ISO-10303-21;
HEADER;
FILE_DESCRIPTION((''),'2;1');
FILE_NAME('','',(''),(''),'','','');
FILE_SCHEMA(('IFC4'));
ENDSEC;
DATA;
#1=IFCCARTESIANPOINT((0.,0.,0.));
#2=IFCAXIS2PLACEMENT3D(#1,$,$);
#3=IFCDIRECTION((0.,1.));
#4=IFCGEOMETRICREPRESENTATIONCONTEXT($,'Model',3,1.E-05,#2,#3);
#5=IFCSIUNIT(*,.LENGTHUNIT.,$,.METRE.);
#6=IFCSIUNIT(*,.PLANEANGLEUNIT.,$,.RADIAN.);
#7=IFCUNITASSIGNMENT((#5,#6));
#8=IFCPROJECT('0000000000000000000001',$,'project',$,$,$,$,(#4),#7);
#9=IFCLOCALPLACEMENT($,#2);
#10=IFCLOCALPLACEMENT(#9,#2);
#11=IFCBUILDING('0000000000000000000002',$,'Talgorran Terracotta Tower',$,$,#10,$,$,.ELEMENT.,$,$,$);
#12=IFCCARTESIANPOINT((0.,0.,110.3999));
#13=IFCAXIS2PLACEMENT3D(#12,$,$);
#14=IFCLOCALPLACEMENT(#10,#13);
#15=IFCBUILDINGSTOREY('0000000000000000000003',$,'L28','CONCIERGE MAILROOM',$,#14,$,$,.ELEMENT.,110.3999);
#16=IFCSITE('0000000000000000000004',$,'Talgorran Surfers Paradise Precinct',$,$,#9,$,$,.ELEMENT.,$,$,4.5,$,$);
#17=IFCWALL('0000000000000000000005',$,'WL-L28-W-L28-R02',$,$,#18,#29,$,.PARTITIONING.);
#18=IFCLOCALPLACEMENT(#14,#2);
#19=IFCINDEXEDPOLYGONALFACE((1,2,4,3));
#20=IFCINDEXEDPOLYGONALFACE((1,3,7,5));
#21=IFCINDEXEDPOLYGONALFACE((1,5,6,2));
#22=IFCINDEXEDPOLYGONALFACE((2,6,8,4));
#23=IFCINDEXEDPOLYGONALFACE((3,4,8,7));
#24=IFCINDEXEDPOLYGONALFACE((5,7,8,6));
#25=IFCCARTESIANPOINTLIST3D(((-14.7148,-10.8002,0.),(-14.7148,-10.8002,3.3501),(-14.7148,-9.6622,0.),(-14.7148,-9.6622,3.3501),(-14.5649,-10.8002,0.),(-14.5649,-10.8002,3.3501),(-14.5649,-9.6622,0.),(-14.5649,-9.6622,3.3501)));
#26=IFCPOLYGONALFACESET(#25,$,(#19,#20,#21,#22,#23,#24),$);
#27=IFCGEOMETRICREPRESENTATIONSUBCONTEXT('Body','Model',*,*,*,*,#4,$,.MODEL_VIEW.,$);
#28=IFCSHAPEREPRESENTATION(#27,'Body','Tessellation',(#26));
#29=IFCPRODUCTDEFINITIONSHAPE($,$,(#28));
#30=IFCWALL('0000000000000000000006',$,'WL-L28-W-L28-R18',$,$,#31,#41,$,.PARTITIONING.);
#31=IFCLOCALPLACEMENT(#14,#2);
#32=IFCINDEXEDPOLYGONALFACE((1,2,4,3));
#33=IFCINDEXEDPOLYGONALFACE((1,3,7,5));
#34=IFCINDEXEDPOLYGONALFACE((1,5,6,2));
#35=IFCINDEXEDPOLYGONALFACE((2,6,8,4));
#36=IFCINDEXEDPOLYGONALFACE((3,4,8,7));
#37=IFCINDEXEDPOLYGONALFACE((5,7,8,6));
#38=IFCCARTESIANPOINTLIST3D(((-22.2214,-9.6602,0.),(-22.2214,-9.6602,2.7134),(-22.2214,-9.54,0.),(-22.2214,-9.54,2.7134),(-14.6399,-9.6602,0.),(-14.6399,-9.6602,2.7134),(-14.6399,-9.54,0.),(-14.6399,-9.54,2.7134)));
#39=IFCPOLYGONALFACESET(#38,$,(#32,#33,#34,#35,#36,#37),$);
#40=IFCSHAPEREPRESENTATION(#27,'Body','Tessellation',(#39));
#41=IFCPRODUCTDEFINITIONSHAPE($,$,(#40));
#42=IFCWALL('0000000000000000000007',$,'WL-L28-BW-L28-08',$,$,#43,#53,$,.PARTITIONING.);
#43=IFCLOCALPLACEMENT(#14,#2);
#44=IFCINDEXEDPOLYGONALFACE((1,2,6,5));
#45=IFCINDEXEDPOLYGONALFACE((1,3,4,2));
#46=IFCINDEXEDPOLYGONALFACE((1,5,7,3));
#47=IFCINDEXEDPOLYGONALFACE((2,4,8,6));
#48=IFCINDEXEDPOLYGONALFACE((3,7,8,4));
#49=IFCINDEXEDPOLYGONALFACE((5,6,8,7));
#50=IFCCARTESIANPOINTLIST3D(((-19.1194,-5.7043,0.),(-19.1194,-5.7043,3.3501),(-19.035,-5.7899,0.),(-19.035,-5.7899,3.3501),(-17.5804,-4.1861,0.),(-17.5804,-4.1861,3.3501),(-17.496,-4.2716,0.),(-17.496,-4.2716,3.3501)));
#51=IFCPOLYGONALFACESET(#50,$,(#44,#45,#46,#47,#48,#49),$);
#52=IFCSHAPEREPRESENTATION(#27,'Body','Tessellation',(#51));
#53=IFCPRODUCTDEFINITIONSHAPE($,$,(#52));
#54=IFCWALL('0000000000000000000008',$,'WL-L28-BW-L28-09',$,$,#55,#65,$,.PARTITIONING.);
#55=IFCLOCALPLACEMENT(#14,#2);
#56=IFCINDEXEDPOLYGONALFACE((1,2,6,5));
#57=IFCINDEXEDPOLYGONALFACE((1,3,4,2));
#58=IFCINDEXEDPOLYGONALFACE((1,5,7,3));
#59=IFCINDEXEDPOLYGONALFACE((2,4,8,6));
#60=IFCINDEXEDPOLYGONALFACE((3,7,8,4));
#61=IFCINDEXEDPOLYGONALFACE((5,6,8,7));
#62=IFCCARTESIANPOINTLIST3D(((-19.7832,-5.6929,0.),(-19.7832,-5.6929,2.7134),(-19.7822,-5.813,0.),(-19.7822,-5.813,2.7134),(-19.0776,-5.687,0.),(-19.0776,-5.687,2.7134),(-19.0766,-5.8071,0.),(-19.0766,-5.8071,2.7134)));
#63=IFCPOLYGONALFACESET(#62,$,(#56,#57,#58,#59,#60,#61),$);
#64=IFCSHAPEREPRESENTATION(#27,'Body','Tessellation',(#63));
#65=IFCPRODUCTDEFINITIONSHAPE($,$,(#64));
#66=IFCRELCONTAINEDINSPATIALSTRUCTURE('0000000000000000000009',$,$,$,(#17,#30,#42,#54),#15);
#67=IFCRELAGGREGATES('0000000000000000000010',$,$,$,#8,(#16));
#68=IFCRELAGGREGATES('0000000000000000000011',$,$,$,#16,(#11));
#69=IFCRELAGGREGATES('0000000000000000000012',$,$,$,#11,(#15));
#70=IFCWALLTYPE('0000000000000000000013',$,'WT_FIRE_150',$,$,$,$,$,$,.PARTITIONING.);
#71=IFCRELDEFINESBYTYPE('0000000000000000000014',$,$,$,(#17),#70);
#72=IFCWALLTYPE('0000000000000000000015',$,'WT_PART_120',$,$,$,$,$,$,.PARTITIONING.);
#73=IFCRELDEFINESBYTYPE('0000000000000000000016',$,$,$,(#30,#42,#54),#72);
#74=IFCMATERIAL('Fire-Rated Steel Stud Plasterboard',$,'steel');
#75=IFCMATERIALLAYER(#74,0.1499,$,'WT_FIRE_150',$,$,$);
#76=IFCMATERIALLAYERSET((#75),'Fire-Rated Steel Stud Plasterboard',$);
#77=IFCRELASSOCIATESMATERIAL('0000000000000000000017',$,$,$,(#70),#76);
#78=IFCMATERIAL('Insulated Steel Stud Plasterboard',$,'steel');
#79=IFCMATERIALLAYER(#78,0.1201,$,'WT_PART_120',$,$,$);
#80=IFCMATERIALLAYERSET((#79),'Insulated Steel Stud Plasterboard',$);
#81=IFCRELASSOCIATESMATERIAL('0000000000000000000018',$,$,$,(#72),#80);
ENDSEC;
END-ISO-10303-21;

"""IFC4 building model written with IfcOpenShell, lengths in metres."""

from ifc_helpers import new_model, si_unit, direction, frame, frame_2d, origin, place, context, subcontext, project, spatial, rectangle, extrude, material, layer, layer_set, type_object, element, save


model = new_model("IFC4")

# Units and contexts
model_context = context("Model", 3, precision=1e-05, world=origin(), true_north=direction((0.0, 1.0)))
body_context = subcontext(model_context, "Body", "Model", "MODEL_VIEW")
ifc_project = project(units=[si_unit("LENGTHUNIT", "METRE"), si_unit("PLANEANGLEUNIT", "RADIAN")], contexts=[model_context])

# Site, building, storey
site_placement = place(None, origin())
site = spatial("IfcSite", under=ifc_project, at=site_placement, Name="Talgorran Surfers Paradise Precinct", CompositionType="ELEMENT", RefElevation=4.5)
building_placement = place(site_placement, origin())
building = spatial("IfcBuilding", under=site, at=building_placement, Name="Talgorran Terracotta Tower", CompositionType="ELEMENT")
storey_placement = place(building_placement, frame((0.0, 0.0, 110.3999)))
storey = spatial("IfcBuildingStorey", under=building, at=storey_placement, Name="L28", Description="CONCIERGE MAILROOM", CompositionType="ELEMENT", Elevation=110.3999)

# Shared definitions
ifc_material_1 = material(Name="Fire-Rated Steel Stud Plasterboard", Category="steel")
ifc_layer_1 = layer(ifc_material_1, 0.1499, Name="WT_FIRE_150")
ifc_layer_set_1 = layer_set([ifc_layer_1], Name="Fire-Rated Steel Stud Plasterboard")
wall_type_1 = type_object("IfcWallType", Name="WT_FIRE_150", PredefinedType="PARTITIONING", material=ifc_layer_set_1)

# Walls
wall_1_placement = place(storey_placement, frame((-14.6399, -10.8, 0.0), z_axis=(0.0, 0.0, 1.0), x_axis=(0.0, 1.0, 0.0)))
element("IfcWall", 1, at=wall_1_placement, inside=storey, type_object=wall_type_1, Name="WL-L28-W-L28-R02", PredefinedType="PARTITIONING", context=body_context, shape_type="SweptSolid", body=[
    extrude(rectangle(XDim=1.1379, YDim=0.1499, at=frame_2d((0.5688, 0.0))), origin(), (0.0, 0.0, 1.0), 3.3501),
])
ifc_material_2 = material(Name="Insulated Steel Stud Plasterboard", Category="steel")
ifc_layer_2 = layer(ifc_material_2, 0.1201, Name="WT_PART_120")
ifc_layer_set_2 = layer_set([ifc_layer_2], Name="Insulated Steel Stud Plasterboard")
wall_type_2 = type_object("IfcWallType", Name="WT_PART_120", PredefinedType="PARTITIONING", material=ifc_layer_set_2)
wall_2_placement = place(storey_placement, frame((-22.2214, -9.6001, 0.0), z_axis=(0.0, 0.0, 1.0), x_axis=(1.0, 0.0, 0.0)))
element("IfcWall", 2, at=wall_2_placement, inside=storey, type_object=wall_type_2, Name="WL-L28-W-L28-R18", PredefinedType="PARTITIONING", context=body_context, shape_type="SweptSolid", body=[
    extrude(rectangle(XDim=7.5815, YDim=0.1201, at=frame_2d((3.7908, 0.0))), origin(), (0.0, 0.0, 1.0), 2.7134),
])
wall_3_placement = place(storey_placement, frame((-17.5381, -4.2288, 0.0), z_axis=(0.0, 0.0, 1.0), x_axis=(-0.71189, -0.702291, 0.0)))
element("IfcWall", 3, at=wall_3_placement, inside=storey, type_object=wall_type_2, Name="WL-L28-BW-L28-08", PredefinedType="PARTITIONING", context=body_context, shape_type="SweptSolid", body=[
    extrude(rectangle(XDim=2.1619, YDim=0.1201, at=frame_2d((1.0811, 0.0))), origin(), (0.0, 0.0, 1.0), 3.3501),
])
wall_4_placement = place(storey_placement, frame((-19.0771, -5.7471, 0.0), z_axis=(0.0, 0.0, 1.0), x_axis=(-0.999966, -0.008304, 0.0)))
element("IfcWall", 4, at=wall_4_placement, inside=storey, type_object=wall_type_2, Name="WL-L28-BW-L28-09", PredefinedType="PARTITIONING", context=body_context, shape_type="SweptSolid", body=[
    extrude(rectangle(XDim=0.7056, YDim=0.1201, at=frame_2d((0.3528, 0.0))), origin(), (0.0, 0.0, 1.0), 2.7134),
])

save(model, "model.ifc")
